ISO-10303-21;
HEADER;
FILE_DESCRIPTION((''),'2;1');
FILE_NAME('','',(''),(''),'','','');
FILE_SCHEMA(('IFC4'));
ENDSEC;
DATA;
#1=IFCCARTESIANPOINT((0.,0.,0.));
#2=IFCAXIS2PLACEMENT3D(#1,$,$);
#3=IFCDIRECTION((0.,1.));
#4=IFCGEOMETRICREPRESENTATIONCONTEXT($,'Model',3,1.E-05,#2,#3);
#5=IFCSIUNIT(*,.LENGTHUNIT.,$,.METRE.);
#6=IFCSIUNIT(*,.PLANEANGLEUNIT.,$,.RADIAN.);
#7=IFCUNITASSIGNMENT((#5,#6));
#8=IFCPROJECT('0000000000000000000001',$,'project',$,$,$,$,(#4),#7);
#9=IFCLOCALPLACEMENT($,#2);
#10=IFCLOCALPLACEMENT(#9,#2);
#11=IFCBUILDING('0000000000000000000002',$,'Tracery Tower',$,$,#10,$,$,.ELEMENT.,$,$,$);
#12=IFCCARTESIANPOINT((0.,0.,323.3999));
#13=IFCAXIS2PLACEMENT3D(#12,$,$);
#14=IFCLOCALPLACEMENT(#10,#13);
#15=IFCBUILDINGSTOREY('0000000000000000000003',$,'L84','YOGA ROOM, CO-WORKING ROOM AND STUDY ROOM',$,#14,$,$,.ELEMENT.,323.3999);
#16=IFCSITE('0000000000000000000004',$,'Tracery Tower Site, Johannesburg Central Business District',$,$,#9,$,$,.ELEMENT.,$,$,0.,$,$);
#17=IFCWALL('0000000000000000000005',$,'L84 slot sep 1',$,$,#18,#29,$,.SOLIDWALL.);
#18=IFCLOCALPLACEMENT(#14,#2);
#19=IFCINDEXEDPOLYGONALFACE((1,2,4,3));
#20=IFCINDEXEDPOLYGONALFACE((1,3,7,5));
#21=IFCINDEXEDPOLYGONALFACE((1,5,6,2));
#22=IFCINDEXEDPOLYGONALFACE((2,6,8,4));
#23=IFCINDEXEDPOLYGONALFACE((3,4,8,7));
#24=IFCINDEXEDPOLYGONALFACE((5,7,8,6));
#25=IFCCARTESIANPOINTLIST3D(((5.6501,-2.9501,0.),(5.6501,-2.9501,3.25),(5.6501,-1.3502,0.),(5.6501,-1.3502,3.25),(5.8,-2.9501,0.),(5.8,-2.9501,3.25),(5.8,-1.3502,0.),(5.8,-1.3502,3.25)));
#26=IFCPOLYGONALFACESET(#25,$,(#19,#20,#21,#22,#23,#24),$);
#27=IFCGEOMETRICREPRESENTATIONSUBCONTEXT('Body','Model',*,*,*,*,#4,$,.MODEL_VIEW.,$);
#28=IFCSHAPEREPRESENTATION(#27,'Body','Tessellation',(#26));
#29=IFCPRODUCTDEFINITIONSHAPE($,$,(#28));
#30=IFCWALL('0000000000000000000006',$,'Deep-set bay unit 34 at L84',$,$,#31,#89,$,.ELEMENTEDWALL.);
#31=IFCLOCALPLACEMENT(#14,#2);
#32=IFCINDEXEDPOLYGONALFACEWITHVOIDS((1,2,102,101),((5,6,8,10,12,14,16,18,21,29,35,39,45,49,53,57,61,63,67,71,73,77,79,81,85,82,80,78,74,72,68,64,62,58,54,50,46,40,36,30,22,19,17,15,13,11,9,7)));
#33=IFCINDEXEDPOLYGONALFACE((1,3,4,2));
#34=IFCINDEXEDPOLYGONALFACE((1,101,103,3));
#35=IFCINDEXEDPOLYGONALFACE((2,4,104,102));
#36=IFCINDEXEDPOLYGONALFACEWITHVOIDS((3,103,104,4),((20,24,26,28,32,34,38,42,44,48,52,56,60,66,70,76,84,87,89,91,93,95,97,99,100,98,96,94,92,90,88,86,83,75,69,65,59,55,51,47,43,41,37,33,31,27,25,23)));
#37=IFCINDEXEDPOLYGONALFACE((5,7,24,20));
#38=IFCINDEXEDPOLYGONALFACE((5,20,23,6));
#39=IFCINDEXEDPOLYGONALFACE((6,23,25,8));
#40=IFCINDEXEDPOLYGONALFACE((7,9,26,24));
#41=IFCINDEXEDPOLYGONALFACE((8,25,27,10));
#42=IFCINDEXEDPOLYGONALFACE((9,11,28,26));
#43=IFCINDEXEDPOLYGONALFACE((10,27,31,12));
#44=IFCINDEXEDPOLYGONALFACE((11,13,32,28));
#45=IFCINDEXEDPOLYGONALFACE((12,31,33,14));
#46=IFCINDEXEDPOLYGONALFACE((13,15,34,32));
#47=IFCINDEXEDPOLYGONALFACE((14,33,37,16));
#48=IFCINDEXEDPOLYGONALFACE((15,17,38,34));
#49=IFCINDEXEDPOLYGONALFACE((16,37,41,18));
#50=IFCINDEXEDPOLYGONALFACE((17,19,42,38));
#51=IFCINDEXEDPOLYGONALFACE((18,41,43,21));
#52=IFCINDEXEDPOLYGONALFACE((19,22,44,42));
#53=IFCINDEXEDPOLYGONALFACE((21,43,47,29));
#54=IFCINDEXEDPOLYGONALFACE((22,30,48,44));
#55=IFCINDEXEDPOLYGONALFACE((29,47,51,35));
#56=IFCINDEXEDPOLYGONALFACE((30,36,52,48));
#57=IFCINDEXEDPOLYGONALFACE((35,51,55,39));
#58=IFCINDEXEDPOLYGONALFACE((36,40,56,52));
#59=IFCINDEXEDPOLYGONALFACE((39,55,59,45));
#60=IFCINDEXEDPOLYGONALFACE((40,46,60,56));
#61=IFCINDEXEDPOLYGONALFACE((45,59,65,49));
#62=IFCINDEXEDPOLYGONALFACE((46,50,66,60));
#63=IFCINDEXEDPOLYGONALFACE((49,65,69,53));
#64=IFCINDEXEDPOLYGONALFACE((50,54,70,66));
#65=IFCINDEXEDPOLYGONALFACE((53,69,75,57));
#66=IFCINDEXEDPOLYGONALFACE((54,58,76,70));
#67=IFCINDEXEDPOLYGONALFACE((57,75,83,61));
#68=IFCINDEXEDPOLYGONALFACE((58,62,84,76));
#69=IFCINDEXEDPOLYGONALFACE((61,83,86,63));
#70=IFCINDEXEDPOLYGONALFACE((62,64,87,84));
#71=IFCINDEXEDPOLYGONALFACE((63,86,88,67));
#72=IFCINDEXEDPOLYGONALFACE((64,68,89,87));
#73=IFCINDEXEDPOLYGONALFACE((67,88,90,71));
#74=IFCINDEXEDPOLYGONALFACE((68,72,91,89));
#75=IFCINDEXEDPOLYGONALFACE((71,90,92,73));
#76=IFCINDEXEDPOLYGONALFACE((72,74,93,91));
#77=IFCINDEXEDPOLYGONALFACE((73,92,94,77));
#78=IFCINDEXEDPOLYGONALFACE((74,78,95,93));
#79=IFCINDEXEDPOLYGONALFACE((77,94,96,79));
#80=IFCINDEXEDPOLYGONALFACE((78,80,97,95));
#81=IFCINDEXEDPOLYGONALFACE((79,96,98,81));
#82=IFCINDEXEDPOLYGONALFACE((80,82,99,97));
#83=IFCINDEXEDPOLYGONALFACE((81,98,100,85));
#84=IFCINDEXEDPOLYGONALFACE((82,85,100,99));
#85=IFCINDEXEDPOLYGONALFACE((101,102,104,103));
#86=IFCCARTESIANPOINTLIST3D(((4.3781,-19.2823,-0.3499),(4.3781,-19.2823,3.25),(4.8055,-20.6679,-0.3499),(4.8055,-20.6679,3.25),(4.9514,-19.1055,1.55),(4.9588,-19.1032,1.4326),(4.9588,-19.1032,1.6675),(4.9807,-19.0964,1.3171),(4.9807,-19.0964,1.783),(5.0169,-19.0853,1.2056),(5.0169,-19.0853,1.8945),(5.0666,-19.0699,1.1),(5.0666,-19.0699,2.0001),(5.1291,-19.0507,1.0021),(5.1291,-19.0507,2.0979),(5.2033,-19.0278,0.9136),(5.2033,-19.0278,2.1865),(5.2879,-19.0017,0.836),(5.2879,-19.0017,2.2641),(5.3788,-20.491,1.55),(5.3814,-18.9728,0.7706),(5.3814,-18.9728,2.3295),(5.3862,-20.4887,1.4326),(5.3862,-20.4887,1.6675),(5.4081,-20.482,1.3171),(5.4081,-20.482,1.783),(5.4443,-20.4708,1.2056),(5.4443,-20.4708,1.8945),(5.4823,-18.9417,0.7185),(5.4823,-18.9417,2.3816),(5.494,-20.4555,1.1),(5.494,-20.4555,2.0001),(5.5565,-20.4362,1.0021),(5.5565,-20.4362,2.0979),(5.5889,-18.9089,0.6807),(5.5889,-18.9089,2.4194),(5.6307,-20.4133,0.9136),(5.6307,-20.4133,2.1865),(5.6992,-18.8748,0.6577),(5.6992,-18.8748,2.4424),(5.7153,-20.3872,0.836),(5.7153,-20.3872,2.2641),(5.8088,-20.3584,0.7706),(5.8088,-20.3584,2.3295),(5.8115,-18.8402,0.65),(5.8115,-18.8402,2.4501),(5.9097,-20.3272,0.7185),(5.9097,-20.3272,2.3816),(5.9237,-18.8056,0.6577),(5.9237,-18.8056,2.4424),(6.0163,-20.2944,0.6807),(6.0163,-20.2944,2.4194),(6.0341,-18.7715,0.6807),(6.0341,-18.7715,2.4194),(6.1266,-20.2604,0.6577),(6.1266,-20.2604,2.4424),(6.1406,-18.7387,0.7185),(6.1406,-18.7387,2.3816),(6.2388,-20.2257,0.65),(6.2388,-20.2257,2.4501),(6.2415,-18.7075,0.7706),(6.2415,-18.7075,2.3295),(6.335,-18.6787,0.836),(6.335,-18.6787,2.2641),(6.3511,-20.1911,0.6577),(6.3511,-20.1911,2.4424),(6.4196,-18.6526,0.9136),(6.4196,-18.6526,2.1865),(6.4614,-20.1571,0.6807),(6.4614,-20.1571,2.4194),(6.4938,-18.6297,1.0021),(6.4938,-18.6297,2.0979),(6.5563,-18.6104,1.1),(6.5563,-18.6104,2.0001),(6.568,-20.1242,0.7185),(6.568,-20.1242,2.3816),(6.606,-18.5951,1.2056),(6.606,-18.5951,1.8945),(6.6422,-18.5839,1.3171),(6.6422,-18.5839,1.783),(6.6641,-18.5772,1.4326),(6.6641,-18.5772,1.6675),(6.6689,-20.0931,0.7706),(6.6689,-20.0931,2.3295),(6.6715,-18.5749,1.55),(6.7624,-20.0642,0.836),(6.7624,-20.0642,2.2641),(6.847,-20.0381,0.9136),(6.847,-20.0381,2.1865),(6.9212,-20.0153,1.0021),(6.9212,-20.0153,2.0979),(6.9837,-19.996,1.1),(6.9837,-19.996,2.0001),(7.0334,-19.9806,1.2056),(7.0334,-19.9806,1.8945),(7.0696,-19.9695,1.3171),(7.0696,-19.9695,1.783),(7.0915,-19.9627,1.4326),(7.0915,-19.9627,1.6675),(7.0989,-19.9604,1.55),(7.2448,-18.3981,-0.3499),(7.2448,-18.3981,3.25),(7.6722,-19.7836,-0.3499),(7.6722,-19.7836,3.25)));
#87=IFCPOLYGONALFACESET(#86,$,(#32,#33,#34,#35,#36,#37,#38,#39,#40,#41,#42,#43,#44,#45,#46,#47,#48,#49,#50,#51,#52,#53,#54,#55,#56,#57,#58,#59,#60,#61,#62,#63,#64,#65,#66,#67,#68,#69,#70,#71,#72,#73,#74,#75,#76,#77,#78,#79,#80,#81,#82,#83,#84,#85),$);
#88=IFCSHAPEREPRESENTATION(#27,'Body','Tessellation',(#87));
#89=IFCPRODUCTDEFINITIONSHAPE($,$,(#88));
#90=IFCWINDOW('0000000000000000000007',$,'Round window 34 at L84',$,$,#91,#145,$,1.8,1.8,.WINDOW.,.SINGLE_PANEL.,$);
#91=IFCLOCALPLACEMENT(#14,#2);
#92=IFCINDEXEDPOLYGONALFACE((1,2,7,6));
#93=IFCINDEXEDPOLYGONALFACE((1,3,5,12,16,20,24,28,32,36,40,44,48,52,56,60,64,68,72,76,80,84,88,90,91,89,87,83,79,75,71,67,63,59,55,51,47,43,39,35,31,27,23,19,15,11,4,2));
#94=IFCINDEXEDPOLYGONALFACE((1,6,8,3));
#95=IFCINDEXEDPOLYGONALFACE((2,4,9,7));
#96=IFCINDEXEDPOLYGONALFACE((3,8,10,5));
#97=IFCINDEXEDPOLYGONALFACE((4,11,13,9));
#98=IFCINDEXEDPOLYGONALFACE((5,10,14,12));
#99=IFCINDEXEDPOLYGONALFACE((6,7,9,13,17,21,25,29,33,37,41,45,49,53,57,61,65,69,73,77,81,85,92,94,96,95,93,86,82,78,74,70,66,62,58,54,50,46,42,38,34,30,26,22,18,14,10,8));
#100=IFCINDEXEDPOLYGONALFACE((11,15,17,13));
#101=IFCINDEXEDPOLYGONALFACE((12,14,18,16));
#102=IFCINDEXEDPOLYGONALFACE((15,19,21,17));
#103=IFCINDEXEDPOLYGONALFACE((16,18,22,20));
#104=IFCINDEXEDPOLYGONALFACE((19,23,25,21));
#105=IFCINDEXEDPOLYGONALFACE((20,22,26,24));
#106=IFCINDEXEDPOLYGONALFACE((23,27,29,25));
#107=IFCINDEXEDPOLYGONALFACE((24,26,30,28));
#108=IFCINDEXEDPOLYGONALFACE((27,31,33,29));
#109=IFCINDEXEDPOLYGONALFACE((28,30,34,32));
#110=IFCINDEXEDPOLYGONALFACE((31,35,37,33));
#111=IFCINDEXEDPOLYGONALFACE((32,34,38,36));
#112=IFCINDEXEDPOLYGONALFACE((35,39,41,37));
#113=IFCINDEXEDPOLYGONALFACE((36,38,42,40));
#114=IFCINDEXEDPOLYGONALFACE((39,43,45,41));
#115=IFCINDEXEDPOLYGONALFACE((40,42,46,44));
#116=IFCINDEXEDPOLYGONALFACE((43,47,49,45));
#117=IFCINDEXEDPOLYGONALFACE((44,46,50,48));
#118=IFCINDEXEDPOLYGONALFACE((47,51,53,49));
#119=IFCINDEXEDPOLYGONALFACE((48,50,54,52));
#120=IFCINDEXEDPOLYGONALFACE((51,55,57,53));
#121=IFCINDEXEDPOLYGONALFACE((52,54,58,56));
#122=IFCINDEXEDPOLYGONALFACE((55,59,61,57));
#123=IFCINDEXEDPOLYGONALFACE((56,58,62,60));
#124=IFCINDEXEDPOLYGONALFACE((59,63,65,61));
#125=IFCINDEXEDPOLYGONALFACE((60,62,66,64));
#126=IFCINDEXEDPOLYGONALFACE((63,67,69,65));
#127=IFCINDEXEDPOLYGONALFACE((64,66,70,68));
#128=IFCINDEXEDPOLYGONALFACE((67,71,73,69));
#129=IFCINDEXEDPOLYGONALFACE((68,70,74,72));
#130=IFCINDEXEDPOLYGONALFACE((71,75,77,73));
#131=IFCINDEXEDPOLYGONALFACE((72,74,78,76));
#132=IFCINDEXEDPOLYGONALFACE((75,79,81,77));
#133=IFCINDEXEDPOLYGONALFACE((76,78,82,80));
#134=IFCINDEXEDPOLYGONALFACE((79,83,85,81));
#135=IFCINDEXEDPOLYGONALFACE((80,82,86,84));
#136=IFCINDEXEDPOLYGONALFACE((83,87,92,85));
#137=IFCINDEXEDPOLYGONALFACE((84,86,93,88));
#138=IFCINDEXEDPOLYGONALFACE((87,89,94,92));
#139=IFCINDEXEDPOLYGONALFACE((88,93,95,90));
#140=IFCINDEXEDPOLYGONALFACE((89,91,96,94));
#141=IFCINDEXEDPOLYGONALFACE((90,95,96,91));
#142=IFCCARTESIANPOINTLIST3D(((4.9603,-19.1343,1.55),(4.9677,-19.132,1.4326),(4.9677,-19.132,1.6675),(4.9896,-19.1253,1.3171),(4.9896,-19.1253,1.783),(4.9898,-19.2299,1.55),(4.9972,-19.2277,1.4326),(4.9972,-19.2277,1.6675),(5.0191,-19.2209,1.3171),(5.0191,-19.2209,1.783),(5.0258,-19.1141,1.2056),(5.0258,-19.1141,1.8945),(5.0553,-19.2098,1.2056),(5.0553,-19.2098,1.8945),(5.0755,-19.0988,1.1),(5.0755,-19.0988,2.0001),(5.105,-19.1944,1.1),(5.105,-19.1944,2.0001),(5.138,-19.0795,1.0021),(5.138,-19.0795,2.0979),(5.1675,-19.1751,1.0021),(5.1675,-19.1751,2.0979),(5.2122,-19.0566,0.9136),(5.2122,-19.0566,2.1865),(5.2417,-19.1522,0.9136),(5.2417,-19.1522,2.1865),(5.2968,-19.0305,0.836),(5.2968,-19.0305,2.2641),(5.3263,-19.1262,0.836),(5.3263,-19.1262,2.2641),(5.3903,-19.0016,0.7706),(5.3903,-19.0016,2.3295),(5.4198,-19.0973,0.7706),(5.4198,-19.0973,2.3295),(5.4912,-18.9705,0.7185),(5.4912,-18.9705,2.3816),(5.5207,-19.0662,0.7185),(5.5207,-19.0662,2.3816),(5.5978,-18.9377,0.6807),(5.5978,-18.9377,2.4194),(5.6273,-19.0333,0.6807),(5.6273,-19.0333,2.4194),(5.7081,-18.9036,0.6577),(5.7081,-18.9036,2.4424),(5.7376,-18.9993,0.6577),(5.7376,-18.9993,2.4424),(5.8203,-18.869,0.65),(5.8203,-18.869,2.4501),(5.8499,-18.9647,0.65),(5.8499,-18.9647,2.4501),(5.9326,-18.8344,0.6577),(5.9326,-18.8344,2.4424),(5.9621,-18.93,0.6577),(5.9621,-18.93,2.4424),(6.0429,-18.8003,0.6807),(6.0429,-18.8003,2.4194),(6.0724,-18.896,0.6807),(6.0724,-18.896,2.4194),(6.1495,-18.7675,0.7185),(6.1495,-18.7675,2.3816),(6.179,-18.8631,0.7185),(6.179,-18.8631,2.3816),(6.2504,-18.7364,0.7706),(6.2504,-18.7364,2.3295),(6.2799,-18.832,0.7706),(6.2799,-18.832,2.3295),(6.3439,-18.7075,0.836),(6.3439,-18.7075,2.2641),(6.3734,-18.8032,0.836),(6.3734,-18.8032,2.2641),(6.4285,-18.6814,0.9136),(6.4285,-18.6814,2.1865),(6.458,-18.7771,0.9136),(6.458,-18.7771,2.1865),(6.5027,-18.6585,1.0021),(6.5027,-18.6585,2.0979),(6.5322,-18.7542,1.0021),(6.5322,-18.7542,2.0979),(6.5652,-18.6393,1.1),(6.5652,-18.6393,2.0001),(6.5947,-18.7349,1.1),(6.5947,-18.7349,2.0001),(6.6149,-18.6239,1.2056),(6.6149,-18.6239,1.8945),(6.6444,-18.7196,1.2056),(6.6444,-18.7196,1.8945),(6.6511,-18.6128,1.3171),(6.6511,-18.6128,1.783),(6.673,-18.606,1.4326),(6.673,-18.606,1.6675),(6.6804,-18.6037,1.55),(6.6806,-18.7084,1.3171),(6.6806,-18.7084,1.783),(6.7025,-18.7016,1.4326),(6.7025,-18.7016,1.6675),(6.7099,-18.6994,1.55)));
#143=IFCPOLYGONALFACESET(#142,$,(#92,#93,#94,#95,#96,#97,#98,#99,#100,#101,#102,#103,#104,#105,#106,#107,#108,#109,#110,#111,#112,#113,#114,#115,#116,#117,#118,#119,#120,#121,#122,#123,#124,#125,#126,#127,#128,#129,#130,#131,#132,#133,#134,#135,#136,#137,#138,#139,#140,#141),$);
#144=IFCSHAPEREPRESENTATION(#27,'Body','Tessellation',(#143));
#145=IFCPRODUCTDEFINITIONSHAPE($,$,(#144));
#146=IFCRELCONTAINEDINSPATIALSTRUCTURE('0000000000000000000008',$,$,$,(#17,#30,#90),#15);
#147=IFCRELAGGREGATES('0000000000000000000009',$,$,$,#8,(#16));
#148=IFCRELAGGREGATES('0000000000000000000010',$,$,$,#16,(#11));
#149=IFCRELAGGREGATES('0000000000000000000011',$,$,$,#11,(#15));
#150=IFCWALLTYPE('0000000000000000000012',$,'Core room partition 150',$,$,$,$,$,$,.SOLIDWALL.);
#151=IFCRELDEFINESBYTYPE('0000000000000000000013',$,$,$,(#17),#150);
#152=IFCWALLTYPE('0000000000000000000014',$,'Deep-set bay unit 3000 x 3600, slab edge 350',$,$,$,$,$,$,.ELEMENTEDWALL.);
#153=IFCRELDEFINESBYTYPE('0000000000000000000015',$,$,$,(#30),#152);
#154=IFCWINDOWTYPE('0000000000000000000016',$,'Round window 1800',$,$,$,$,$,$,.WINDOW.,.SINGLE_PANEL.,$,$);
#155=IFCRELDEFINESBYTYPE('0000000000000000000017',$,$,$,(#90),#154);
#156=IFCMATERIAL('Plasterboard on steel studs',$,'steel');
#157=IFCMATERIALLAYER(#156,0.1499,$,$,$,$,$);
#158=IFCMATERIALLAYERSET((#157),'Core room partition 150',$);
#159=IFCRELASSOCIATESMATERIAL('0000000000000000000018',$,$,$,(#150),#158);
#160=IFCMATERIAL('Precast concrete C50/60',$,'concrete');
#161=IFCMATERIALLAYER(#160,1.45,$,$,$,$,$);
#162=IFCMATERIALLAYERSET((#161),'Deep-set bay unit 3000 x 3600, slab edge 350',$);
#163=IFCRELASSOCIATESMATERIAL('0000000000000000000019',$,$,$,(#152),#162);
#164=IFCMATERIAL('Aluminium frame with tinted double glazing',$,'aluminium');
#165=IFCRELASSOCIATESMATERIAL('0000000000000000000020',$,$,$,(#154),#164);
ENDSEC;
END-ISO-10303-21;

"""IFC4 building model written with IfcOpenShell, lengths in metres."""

from ifc_helpers import new_model, si_unit, direction, frame, frame_2d, origin, origin_2d, place, context, subcontext, project, spatial, rectangle, circle, extrude, material, layer, layer_set, type_object, element, fill, save


model = new_model("IFC4")

# Units and contexts
model_context = context("Model", 3, precision=1e-05, world=origin(), true_north=direction((0.0, 1.0)))
body_context = subcontext(model_context, "Body", "Model", "MODEL_VIEW")
ifc_project = project(units=[si_unit("LENGTHUNIT", "METRE"), si_unit("PLANEANGLEUNIT", "RADIAN")], contexts=[model_context])

# Site, building, storey
site_placement = place(None, origin())
site = spatial("IfcSite", under=ifc_project, at=site_placement, Name="Tracery Tower Site, Johannesburg Central Business District", CompositionType="ELEMENT", RefElevation=0.0)
building_placement = place(site_placement, origin())
building = spatial("IfcBuilding", under=site, at=building_placement, Name="Tracery Tower", CompositionType="ELEMENT")
storey_placement = place(building_placement, frame((0.0, 0.0, 323.3999)))
storey = spatial("IfcBuildingStorey", under=building, at=storey_placement, Name="L84", Description="YOGA ROOM, CO-WORKING ROOM AND STUDY ROOM", CompositionType="ELEMENT", Elevation=323.3999)

# Shared definitions
ifc_material_1 = material(Name="Plasterboard on steel studs", Category="steel")
ifc_layer_1 = layer(ifc_material_1, 0.1499)
ifc_layer_set_1 = layer_set([ifc_layer_1], Name="Core room partition 150")
wall_type_1 = type_object("IfcWallType", Name="Core room partition 150", PredefinedType="SOLIDWALL", material=ifc_layer_set_1)

# Wall
wall_1_placement = place(storey_placement, frame((5.7251, -2.95, 0.0), z_axis=(0.0, 0.0, 1.0), x_axis=(0.0, 1.0, 0.0)))
element("IfcWall", 1, at=wall_1_placement, inside=storey, type_object=wall_type_1, Name="L84 slot sep 1", PredefinedType="SOLIDWALL", context=body_context, shape_type="SweptSolid", body=[
    extrude(rectangle(XDim=1.5999, YDim=0.1499, at=frame_2d((0.7998, 0.0))), origin(), (0.0, 0.0, 1.0), 3.25),
])

# Wall, opening, window
ifc_material_2 = material(Name="Precast concrete C50/60", Category="concrete")
ifc_layer_2 = layer(ifc_material_2, 1.45)
ifc_layer_set_2 = layer_set([ifc_layer_2], Name="Deep-set bay unit 3000 x 3600, slab edge 350")
wall_type_2 = type_object("IfcWallType", Name="Deep-set bay unit 3000 x 3600, slab edge 350", PredefinedType="ELEMENTEDWALL", material=ifc_layer_set_2)
wall_2_placement = place(storey_placement, frame((4.5918, -19.9751, -0.3499), z_axis=(0.0, 0.0, 1.0), x_axis=(0.955571, 0.294761, 0.0)))
wall_2 = element("IfcWall", 2, at=wall_2_placement, inside=storey, type_object=wall_type_2, Name="Deep-set bay unit 34 at L84", PredefinedType="ELEMENTEDWALL", context=body_context, shape_type="SweptSolid", body=[
    extrude(rectangle(XDim=3.0, YDim=1.45, at=frame_2d((1.5, 0.0))), origin(), (0.0, 0.0, 1.0), 3.5999),
])
opening_1_placement = place(wall_2_placement, frame((1.5, 0.0, 1.8999)))
opening_1 = element("IfcOpeningElement", 3, at=opening_1_placement, cuts=wall_2, PredefinedType="OPENING", context=body_context, shape_type="SweptSolid", body=[
    extrude(circle(Radius=0.9, at=origin_2d()), frame((0.0, 0.7349, 0.0), z_axis=(0.0, -1.0, 0.0), x_axis=(1.0, 0.0, 0.0)), (0.0, 0.0, 1.0), 1.47),
])
ifc_material_3 = material(Name="Aluminium frame with tinted double glazing", Category="aluminium")
window_type = type_object("IfcWindowType", Name="Round window 1800", PartitioningType="SINGLE_PANEL", PredefinedType="WINDOW", material=ifc_material_3)
window_1_placement = place(opening_1_placement, origin())
window_1 = element("IfcWindow", 4, at=window_1_placement, inside=storey, type_object=window_type, Name="Round window 34 at L84", OverallHeight=1.8, OverallWidth=1.8, PartitioningType="SINGLE_PANEL", PredefinedType="WINDOW", context=body_context, shape_type="SweptSolid", body=[
    extrude(circle(Radius=0.9, at=origin_2d()), frame((0.0, 0.6948, 0.0), z_axis=(0.0, -1.0, 0.0), x_axis=(1.0, 0.0, 0.0)), (0.0, 0.0, 1.0), 0.1001),
])
fill(opening_1, window_1)

save(model, "model.ifc")
